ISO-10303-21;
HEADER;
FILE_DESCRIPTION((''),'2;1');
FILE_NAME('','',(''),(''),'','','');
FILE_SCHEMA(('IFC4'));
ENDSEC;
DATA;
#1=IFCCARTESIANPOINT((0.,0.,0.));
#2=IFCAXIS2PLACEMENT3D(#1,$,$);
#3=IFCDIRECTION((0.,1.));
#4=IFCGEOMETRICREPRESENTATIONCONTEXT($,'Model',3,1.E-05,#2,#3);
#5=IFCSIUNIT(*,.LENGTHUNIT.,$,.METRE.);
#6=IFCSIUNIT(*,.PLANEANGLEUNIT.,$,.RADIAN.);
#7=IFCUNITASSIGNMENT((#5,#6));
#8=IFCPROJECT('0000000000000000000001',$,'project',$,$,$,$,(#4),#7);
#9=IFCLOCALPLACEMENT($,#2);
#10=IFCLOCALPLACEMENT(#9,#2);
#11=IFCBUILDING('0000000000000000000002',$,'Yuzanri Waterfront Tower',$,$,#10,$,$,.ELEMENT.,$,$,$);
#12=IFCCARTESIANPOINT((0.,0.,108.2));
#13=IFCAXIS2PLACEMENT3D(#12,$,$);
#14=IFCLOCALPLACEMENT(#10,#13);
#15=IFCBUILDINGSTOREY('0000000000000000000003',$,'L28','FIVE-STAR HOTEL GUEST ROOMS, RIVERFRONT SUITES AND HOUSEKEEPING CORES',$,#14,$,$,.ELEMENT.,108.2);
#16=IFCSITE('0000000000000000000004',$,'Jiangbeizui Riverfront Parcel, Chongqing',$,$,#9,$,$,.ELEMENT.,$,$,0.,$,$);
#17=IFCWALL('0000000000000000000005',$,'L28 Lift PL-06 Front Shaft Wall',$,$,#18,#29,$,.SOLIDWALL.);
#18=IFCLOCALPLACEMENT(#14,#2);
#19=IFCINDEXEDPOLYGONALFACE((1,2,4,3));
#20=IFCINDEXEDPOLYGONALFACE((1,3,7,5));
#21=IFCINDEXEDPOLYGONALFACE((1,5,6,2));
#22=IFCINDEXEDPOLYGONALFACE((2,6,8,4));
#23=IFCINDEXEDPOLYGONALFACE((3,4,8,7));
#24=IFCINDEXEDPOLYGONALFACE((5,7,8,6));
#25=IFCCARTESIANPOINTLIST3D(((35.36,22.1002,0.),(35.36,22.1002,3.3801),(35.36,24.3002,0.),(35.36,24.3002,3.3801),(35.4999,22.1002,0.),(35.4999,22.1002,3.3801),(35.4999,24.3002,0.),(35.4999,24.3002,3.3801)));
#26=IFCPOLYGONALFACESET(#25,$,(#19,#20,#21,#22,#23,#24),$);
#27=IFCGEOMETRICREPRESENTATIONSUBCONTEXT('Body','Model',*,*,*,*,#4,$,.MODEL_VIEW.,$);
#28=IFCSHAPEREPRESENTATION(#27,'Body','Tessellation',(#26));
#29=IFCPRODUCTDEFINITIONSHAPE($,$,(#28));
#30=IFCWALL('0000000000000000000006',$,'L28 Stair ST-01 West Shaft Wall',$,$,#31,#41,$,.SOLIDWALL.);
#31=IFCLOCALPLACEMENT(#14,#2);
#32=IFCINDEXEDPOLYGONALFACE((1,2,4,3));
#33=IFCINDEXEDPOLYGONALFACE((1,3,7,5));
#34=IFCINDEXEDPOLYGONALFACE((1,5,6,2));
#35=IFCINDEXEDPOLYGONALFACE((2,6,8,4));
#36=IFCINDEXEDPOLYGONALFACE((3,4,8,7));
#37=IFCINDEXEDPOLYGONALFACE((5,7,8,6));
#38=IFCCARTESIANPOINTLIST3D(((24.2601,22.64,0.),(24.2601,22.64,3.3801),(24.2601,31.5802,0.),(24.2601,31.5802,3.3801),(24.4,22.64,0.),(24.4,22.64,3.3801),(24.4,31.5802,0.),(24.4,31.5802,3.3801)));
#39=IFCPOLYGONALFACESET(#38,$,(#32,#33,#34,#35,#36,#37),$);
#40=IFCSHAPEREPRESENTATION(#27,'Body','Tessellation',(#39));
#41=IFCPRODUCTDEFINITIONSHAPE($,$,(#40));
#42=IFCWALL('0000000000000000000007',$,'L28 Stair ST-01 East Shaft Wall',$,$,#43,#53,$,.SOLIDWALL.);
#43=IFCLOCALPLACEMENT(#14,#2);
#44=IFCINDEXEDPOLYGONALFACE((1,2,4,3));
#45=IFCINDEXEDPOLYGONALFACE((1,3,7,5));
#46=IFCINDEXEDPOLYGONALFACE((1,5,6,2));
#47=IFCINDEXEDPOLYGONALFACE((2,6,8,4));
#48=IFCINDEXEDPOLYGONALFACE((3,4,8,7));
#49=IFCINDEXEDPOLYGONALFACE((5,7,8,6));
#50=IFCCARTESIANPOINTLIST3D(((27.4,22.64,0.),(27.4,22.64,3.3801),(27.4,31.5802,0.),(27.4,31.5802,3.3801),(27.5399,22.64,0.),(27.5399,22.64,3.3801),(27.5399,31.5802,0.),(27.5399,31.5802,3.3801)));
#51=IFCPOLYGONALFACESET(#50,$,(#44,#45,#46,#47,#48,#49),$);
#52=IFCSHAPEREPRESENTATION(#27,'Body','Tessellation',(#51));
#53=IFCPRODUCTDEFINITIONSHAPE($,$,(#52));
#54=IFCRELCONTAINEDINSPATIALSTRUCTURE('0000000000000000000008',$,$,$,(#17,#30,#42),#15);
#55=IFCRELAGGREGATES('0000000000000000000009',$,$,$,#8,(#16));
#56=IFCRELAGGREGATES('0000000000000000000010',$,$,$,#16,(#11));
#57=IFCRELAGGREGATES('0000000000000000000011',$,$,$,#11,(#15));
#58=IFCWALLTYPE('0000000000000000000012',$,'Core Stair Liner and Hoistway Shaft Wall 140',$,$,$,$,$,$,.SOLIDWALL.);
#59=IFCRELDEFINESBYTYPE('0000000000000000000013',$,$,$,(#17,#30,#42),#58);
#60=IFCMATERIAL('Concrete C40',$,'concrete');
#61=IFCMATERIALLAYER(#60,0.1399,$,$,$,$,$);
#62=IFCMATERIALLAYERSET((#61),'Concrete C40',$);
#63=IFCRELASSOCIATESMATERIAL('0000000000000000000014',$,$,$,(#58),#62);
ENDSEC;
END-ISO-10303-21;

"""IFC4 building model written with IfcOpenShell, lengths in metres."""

from ifc_helpers import new_model, si_unit, direction, frame, frame_2d, origin, place, context, subcontext, project, spatial, rectangle, extrude, source, transform, mapped, material, layer, layer_set, type_object, element, save


model = new_model("IFC4")

# Units and contexts
model_context = context("Model", 3, precision=1e-05, world=origin(), true_north=direction((0.0, 1.0)))
body_context = subcontext(model_context, "Body", "Model", "MODEL_VIEW")
ifc_project = project(units=[si_unit("LENGTHUNIT", "METRE"), si_unit("PLANEANGLEUNIT", "RADIAN")], contexts=[model_context])

# Site, building, storey
site_placement = place(None, origin())
site = spatial("IfcSite", under=ifc_project, at=site_placement, Name="Jiangbeizui Riverfront Parcel, Chongqing", CompositionType="ELEMENT", RefElevation=0.0)
building_placement = place(site_placement, origin())
building = spatial("IfcBuilding", under=site, at=building_placement, Name="Yuzanri Waterfront Tower", CompositionType="ELEMENT")
storey_placement = place(building_placement, frame((0.0, 0.0, 108.2)))
storey = spatial("IfcBuildingStorey", under=building, at=storey_placement, Name="L28", Description="FIVE-STAR HOTEL GUEST ROOMS, RIVERFRONT SUITES AND HOUSEKEEPING CORES", CompositionType="ELEMENT", Elevation=108.2)

# Shared definitions
ifc_material_1 = material(Name="Concrete C40", Category="concrete")
ifc_layer_1 = layer(ifc_material_1, 0.1399)
ifc_layer_set_1 = layer_set([ifc_layer_1], Name="Concrete C40")
wall_type_1 = type_object("IfcWallType", Name="Core Stair Liner and Hoistway Shaft Wall 140", PredefinedType="SOLIDWALL", material=ifc_layer_set_1)

# Walls
shared_shape_1 = source(origin(), body_context, "Body", "SweptSolid", [
    extrude(rectangle(XDim=2.2, YDim=0.1399, at=frame_2d((1.1001, 0.0))), origin(), (0.0, 0.0, 1.0), 3.3801),
])
wall_1_placement = place(storey_placement, frame((35.4299, 22.1001, 0.0), z_axis=(0.0, 0.0, 1.0), x_axis=(0.0, 1.0, 0.0)))
element("IfcWall", 1, at=wall_1_placement, inside=storey, type_object=wall_type_1, Name="L28 Lift PL-06 Front Shaft Wall", PredefinedType="SOLIDWALL", context=body_context, shape_type="MappedRepresentation", body=[
    mapped(shared_shape_1, transform((0.0, 0.0, 0.0), scale=1.0)),
])
shared_shape_2 = source(origin(), body_context, "Body", "SweptSolid", [
    extrude(rectangle(XDim=8.9402, YDim=0.1399, at=frame_2d((4.4702, 0.0))), origin(), (0.0, 0.0, 1.0), 3.3801),
])
for number, where, z_axis, x_axis, name in (
    (2, (24.3301, 22.6399, 0.0), (0.0, 0.0, 1.0), (0.0, 1.0, 0.0), "L28 Stair ST-01 West Shaft Wall"),
    (3, (27.47, 22.6399, 0.0), (0.0, 0.0, 1.0), (0.0, 1.0, 0.0), "L28 Stair ST-01 East Shaft Wall"),
):
    element("IfcWall", number, at=place(storey_placement, frame(where, z_axis=z_axis, x_axis=x_axis)), inside=storey, type_object=wall_type_1, Name=name, PredefinedType="SOLIDWALL", context=body_context, shape_type="MappedRepresentation", body=[
        mapped(shared_shape_2, transform((0.0, 0.0, 0.0), scale=1.0)),
    ])

save(model, "model.ifc")
